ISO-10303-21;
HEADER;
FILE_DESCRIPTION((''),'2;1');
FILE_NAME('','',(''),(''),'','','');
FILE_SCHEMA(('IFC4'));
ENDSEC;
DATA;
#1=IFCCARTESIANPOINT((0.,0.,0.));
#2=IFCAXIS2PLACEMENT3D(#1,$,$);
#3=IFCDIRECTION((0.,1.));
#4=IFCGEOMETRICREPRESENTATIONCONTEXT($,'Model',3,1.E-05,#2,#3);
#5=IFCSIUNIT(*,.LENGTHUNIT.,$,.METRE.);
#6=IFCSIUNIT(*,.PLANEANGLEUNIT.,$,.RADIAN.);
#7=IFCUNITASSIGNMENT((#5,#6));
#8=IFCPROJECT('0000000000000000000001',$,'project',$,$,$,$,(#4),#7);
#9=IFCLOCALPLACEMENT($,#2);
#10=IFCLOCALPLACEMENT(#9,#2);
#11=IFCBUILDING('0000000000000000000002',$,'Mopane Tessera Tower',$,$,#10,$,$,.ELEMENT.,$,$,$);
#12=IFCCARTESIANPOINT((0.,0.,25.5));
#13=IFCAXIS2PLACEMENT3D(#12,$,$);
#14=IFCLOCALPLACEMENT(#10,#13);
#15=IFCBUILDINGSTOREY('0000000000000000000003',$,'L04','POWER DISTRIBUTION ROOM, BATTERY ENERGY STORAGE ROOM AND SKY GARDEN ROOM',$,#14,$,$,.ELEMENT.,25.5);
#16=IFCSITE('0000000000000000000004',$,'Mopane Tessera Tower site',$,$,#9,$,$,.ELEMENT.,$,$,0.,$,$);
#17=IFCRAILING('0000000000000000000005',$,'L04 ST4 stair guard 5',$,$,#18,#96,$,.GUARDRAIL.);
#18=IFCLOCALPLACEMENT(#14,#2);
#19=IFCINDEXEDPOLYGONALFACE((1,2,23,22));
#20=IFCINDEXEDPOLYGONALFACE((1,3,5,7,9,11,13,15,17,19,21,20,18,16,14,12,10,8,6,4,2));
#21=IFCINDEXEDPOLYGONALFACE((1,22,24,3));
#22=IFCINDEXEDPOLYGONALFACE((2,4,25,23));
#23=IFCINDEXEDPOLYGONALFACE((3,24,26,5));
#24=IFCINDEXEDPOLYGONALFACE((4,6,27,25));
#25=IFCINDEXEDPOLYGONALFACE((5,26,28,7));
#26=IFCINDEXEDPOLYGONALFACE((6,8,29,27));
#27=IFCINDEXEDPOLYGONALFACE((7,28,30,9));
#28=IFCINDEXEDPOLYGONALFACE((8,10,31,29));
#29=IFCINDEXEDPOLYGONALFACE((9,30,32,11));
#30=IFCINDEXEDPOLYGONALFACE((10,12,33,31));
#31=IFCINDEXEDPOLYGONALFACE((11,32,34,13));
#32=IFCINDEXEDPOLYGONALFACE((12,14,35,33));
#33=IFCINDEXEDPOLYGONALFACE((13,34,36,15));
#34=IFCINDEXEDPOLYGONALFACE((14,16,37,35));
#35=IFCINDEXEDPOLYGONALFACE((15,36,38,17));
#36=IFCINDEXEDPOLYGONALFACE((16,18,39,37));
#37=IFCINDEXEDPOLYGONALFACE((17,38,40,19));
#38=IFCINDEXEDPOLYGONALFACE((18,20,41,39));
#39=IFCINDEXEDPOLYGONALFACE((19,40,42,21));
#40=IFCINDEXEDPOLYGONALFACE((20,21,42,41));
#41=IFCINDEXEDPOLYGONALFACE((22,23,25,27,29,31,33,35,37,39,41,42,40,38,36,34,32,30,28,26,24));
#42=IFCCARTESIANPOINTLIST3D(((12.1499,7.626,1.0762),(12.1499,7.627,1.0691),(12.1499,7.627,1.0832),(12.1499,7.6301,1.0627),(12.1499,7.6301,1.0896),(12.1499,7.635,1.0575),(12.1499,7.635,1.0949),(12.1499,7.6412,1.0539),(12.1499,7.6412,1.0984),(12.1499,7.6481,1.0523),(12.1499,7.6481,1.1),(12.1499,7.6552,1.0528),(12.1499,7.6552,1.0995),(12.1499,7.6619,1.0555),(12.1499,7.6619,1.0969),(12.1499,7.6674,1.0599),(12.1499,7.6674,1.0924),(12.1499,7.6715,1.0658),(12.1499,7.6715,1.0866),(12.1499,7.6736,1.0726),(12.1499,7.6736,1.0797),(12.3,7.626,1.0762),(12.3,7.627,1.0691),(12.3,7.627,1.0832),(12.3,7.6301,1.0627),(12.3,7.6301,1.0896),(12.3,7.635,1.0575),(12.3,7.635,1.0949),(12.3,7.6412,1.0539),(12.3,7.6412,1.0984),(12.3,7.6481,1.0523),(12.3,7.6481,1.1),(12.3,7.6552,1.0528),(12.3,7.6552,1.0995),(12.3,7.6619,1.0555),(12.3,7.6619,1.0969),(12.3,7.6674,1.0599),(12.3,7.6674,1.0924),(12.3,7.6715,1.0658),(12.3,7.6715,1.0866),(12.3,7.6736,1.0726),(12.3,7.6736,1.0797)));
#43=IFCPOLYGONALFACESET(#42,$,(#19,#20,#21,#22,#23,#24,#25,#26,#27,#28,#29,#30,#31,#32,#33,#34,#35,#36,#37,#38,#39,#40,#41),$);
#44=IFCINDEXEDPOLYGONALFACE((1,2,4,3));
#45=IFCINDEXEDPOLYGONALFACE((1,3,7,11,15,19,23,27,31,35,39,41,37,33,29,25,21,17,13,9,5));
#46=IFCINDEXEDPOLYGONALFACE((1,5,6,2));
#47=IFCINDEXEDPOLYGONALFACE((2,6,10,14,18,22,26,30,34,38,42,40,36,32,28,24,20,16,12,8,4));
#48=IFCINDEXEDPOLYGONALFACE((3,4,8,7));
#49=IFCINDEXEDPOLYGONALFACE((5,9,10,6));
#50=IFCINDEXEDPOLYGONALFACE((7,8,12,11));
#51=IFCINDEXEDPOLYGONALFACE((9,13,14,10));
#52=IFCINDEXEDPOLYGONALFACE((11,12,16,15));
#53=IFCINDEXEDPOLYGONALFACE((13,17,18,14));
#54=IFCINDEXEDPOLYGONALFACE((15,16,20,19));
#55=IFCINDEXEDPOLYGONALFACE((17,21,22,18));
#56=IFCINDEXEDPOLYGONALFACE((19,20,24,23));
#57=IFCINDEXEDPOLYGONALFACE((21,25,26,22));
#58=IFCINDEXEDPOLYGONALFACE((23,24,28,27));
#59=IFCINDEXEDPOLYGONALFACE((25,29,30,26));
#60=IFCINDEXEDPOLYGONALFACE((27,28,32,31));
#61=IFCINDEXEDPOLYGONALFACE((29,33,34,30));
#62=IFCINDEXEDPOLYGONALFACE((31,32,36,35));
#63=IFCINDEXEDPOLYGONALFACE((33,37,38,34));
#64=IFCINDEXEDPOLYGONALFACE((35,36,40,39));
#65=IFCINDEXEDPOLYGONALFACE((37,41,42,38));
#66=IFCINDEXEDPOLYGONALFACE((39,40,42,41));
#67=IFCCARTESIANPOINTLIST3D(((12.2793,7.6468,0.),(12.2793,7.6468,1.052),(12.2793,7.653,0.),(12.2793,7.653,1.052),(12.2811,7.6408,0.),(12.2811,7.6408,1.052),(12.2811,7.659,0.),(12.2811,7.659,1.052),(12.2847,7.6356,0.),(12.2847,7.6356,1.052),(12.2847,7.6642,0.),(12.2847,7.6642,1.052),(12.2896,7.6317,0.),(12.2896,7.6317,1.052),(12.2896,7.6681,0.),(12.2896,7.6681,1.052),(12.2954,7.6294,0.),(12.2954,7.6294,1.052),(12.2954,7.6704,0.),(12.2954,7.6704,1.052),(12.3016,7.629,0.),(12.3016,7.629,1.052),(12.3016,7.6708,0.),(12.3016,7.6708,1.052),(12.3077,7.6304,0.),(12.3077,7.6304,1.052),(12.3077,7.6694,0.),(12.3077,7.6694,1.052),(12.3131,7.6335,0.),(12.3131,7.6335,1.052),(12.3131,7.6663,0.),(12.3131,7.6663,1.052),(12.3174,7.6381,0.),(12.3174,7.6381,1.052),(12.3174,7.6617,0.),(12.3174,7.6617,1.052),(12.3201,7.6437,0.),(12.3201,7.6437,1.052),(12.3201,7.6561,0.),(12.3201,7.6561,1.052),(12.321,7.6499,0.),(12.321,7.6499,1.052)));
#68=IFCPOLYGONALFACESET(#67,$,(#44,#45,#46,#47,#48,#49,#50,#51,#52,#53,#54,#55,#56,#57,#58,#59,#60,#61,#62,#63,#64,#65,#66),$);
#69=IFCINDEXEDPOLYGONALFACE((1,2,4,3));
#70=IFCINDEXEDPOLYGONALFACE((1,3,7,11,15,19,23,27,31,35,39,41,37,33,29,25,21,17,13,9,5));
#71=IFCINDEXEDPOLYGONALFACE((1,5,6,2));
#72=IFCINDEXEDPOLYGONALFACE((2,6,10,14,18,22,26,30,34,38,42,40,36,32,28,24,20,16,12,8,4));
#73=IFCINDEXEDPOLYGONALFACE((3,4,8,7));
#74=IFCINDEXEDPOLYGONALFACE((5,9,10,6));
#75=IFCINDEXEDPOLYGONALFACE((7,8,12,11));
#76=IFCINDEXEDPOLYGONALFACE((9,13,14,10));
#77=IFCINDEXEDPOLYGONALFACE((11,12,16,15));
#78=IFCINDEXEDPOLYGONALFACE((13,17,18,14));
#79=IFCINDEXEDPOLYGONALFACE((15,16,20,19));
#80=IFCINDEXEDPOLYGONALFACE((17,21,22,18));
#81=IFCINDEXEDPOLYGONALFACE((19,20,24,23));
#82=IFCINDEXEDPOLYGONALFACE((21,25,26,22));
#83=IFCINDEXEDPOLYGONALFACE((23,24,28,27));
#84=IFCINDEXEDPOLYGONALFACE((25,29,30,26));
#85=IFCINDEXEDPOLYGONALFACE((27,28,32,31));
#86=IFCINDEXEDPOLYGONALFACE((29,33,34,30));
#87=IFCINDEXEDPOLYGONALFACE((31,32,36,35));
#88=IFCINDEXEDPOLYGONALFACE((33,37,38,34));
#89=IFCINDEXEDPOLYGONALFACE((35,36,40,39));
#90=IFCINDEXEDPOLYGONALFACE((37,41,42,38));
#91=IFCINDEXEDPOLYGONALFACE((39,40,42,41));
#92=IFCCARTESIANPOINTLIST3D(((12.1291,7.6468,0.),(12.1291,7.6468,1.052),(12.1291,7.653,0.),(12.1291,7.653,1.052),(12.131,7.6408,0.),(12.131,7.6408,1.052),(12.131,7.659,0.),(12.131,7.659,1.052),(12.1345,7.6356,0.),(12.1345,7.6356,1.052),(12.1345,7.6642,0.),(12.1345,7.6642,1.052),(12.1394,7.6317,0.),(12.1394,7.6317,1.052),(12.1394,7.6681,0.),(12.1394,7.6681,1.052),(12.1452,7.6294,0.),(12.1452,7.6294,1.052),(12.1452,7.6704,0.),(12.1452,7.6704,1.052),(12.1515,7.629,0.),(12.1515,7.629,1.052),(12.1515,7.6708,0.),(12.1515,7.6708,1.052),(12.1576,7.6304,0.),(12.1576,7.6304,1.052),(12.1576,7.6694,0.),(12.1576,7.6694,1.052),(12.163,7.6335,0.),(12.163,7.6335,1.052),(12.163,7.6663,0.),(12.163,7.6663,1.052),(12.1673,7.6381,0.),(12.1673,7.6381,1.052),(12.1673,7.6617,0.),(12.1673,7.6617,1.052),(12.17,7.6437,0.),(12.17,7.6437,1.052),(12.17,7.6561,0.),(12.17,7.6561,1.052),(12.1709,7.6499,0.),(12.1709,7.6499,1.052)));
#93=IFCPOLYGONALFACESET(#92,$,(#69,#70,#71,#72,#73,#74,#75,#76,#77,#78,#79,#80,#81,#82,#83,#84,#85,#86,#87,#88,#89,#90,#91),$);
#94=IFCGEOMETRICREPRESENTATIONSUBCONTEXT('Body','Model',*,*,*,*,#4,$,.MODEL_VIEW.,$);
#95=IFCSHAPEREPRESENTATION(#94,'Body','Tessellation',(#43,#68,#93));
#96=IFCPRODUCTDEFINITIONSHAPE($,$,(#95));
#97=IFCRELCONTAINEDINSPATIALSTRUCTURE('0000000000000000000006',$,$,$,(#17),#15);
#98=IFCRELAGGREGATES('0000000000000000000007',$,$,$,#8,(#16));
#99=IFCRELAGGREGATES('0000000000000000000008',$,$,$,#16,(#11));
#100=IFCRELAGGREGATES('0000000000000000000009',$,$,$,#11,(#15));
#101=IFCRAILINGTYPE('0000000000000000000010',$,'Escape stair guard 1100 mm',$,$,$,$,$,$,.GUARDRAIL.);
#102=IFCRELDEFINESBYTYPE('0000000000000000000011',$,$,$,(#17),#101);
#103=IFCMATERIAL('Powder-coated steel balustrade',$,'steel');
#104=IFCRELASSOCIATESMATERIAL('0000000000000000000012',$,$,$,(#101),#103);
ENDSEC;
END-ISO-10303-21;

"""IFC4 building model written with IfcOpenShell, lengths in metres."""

from ifc_helpers import new_model, si_unit, direction, frame, origin, origin_2d, place, context, subcontext, project, spatial, circle, extrude, material, type_object, element, save


model = new_model("IFC4")

# Units and contexts
model_context = context("Model", 3, precision=1e-05, world=origin(), true_north=direction((0.0, 1.0)))
body_context = subcontext(model_context, "Body", "Model", "MODEL_VIEW")
ifc_project = project(units=[si_unit("LENGTHUNIT", "METRE"), si_unit("PLANEANGLEUNIT", "RADIAN")], contexts=[model_context])

# Site, building, storey
site_placement = place(None, origin())
site = spatial("IfcSite", under=ifc_project, at=site_placement, Name="Mopane Tessera Tower site", CompositionType="ELEMENT", RefElevation=0.0)
building_placement = place(site_placement, origin())
building = spatial("IfcBuilding", under=site, at=building_placement, Name="Mopane Tessera Tower", CompositionType="ELEMENT")
storey_placement = place(building_placement, frame((0.0, 0.0, 25.5)))
storey = spatial("IfcBuildingStorey", under=building, at=storey_placement, Name="L04", Description="POWER DISTRIBUTION ROOM, BATTERY ENERGY STORAGE ROOM AND SKY GARDEN ROOM", CompositionType="ELEMENT", Elevation=25.5)

# Railing
ifc_material_1 = material(Name="Powder-coated steel balustrade", Category="steel")
railing_type_1 = type_object("IfcRailingType", Name="Escape stair guard 1100 mm", PredefinedType="GUARDRAIL", material=ifc_material_1)
railing_placement = place(storey_placement, frame((12.3, 7.6499, 0.0)))
element("IfcRailing", 1, at=railing_placement, inside=storey, type_object=railing_type_1, Name="L04 ST4 stair guard 5", PredefinedType="GUARDRAIL", context=body_context, shape_type="SweptSolid", body=[
    extrude(circle(Radius=0.0239, at=origin_2d()), frame((0.0, 0.0, 1.0762), z_axis=(-1.0, 0.0, 0.0), x_axis=(0.0, -1.0, 0.0)), (0.0, 0.0, 1.0), 0.1501),
    extrude(circle(Radius=0.021, at=origin_2d()), origin(), (0.0, 0.0, 1.0), 1.052),
    extrude(circle(Radius=0.021, at=origin_2d()), frame((-0.1501, 0.0, 0.0)), (0.0, 0.0, 1.0), 1.052),
])

save(model, "model.ifc")
